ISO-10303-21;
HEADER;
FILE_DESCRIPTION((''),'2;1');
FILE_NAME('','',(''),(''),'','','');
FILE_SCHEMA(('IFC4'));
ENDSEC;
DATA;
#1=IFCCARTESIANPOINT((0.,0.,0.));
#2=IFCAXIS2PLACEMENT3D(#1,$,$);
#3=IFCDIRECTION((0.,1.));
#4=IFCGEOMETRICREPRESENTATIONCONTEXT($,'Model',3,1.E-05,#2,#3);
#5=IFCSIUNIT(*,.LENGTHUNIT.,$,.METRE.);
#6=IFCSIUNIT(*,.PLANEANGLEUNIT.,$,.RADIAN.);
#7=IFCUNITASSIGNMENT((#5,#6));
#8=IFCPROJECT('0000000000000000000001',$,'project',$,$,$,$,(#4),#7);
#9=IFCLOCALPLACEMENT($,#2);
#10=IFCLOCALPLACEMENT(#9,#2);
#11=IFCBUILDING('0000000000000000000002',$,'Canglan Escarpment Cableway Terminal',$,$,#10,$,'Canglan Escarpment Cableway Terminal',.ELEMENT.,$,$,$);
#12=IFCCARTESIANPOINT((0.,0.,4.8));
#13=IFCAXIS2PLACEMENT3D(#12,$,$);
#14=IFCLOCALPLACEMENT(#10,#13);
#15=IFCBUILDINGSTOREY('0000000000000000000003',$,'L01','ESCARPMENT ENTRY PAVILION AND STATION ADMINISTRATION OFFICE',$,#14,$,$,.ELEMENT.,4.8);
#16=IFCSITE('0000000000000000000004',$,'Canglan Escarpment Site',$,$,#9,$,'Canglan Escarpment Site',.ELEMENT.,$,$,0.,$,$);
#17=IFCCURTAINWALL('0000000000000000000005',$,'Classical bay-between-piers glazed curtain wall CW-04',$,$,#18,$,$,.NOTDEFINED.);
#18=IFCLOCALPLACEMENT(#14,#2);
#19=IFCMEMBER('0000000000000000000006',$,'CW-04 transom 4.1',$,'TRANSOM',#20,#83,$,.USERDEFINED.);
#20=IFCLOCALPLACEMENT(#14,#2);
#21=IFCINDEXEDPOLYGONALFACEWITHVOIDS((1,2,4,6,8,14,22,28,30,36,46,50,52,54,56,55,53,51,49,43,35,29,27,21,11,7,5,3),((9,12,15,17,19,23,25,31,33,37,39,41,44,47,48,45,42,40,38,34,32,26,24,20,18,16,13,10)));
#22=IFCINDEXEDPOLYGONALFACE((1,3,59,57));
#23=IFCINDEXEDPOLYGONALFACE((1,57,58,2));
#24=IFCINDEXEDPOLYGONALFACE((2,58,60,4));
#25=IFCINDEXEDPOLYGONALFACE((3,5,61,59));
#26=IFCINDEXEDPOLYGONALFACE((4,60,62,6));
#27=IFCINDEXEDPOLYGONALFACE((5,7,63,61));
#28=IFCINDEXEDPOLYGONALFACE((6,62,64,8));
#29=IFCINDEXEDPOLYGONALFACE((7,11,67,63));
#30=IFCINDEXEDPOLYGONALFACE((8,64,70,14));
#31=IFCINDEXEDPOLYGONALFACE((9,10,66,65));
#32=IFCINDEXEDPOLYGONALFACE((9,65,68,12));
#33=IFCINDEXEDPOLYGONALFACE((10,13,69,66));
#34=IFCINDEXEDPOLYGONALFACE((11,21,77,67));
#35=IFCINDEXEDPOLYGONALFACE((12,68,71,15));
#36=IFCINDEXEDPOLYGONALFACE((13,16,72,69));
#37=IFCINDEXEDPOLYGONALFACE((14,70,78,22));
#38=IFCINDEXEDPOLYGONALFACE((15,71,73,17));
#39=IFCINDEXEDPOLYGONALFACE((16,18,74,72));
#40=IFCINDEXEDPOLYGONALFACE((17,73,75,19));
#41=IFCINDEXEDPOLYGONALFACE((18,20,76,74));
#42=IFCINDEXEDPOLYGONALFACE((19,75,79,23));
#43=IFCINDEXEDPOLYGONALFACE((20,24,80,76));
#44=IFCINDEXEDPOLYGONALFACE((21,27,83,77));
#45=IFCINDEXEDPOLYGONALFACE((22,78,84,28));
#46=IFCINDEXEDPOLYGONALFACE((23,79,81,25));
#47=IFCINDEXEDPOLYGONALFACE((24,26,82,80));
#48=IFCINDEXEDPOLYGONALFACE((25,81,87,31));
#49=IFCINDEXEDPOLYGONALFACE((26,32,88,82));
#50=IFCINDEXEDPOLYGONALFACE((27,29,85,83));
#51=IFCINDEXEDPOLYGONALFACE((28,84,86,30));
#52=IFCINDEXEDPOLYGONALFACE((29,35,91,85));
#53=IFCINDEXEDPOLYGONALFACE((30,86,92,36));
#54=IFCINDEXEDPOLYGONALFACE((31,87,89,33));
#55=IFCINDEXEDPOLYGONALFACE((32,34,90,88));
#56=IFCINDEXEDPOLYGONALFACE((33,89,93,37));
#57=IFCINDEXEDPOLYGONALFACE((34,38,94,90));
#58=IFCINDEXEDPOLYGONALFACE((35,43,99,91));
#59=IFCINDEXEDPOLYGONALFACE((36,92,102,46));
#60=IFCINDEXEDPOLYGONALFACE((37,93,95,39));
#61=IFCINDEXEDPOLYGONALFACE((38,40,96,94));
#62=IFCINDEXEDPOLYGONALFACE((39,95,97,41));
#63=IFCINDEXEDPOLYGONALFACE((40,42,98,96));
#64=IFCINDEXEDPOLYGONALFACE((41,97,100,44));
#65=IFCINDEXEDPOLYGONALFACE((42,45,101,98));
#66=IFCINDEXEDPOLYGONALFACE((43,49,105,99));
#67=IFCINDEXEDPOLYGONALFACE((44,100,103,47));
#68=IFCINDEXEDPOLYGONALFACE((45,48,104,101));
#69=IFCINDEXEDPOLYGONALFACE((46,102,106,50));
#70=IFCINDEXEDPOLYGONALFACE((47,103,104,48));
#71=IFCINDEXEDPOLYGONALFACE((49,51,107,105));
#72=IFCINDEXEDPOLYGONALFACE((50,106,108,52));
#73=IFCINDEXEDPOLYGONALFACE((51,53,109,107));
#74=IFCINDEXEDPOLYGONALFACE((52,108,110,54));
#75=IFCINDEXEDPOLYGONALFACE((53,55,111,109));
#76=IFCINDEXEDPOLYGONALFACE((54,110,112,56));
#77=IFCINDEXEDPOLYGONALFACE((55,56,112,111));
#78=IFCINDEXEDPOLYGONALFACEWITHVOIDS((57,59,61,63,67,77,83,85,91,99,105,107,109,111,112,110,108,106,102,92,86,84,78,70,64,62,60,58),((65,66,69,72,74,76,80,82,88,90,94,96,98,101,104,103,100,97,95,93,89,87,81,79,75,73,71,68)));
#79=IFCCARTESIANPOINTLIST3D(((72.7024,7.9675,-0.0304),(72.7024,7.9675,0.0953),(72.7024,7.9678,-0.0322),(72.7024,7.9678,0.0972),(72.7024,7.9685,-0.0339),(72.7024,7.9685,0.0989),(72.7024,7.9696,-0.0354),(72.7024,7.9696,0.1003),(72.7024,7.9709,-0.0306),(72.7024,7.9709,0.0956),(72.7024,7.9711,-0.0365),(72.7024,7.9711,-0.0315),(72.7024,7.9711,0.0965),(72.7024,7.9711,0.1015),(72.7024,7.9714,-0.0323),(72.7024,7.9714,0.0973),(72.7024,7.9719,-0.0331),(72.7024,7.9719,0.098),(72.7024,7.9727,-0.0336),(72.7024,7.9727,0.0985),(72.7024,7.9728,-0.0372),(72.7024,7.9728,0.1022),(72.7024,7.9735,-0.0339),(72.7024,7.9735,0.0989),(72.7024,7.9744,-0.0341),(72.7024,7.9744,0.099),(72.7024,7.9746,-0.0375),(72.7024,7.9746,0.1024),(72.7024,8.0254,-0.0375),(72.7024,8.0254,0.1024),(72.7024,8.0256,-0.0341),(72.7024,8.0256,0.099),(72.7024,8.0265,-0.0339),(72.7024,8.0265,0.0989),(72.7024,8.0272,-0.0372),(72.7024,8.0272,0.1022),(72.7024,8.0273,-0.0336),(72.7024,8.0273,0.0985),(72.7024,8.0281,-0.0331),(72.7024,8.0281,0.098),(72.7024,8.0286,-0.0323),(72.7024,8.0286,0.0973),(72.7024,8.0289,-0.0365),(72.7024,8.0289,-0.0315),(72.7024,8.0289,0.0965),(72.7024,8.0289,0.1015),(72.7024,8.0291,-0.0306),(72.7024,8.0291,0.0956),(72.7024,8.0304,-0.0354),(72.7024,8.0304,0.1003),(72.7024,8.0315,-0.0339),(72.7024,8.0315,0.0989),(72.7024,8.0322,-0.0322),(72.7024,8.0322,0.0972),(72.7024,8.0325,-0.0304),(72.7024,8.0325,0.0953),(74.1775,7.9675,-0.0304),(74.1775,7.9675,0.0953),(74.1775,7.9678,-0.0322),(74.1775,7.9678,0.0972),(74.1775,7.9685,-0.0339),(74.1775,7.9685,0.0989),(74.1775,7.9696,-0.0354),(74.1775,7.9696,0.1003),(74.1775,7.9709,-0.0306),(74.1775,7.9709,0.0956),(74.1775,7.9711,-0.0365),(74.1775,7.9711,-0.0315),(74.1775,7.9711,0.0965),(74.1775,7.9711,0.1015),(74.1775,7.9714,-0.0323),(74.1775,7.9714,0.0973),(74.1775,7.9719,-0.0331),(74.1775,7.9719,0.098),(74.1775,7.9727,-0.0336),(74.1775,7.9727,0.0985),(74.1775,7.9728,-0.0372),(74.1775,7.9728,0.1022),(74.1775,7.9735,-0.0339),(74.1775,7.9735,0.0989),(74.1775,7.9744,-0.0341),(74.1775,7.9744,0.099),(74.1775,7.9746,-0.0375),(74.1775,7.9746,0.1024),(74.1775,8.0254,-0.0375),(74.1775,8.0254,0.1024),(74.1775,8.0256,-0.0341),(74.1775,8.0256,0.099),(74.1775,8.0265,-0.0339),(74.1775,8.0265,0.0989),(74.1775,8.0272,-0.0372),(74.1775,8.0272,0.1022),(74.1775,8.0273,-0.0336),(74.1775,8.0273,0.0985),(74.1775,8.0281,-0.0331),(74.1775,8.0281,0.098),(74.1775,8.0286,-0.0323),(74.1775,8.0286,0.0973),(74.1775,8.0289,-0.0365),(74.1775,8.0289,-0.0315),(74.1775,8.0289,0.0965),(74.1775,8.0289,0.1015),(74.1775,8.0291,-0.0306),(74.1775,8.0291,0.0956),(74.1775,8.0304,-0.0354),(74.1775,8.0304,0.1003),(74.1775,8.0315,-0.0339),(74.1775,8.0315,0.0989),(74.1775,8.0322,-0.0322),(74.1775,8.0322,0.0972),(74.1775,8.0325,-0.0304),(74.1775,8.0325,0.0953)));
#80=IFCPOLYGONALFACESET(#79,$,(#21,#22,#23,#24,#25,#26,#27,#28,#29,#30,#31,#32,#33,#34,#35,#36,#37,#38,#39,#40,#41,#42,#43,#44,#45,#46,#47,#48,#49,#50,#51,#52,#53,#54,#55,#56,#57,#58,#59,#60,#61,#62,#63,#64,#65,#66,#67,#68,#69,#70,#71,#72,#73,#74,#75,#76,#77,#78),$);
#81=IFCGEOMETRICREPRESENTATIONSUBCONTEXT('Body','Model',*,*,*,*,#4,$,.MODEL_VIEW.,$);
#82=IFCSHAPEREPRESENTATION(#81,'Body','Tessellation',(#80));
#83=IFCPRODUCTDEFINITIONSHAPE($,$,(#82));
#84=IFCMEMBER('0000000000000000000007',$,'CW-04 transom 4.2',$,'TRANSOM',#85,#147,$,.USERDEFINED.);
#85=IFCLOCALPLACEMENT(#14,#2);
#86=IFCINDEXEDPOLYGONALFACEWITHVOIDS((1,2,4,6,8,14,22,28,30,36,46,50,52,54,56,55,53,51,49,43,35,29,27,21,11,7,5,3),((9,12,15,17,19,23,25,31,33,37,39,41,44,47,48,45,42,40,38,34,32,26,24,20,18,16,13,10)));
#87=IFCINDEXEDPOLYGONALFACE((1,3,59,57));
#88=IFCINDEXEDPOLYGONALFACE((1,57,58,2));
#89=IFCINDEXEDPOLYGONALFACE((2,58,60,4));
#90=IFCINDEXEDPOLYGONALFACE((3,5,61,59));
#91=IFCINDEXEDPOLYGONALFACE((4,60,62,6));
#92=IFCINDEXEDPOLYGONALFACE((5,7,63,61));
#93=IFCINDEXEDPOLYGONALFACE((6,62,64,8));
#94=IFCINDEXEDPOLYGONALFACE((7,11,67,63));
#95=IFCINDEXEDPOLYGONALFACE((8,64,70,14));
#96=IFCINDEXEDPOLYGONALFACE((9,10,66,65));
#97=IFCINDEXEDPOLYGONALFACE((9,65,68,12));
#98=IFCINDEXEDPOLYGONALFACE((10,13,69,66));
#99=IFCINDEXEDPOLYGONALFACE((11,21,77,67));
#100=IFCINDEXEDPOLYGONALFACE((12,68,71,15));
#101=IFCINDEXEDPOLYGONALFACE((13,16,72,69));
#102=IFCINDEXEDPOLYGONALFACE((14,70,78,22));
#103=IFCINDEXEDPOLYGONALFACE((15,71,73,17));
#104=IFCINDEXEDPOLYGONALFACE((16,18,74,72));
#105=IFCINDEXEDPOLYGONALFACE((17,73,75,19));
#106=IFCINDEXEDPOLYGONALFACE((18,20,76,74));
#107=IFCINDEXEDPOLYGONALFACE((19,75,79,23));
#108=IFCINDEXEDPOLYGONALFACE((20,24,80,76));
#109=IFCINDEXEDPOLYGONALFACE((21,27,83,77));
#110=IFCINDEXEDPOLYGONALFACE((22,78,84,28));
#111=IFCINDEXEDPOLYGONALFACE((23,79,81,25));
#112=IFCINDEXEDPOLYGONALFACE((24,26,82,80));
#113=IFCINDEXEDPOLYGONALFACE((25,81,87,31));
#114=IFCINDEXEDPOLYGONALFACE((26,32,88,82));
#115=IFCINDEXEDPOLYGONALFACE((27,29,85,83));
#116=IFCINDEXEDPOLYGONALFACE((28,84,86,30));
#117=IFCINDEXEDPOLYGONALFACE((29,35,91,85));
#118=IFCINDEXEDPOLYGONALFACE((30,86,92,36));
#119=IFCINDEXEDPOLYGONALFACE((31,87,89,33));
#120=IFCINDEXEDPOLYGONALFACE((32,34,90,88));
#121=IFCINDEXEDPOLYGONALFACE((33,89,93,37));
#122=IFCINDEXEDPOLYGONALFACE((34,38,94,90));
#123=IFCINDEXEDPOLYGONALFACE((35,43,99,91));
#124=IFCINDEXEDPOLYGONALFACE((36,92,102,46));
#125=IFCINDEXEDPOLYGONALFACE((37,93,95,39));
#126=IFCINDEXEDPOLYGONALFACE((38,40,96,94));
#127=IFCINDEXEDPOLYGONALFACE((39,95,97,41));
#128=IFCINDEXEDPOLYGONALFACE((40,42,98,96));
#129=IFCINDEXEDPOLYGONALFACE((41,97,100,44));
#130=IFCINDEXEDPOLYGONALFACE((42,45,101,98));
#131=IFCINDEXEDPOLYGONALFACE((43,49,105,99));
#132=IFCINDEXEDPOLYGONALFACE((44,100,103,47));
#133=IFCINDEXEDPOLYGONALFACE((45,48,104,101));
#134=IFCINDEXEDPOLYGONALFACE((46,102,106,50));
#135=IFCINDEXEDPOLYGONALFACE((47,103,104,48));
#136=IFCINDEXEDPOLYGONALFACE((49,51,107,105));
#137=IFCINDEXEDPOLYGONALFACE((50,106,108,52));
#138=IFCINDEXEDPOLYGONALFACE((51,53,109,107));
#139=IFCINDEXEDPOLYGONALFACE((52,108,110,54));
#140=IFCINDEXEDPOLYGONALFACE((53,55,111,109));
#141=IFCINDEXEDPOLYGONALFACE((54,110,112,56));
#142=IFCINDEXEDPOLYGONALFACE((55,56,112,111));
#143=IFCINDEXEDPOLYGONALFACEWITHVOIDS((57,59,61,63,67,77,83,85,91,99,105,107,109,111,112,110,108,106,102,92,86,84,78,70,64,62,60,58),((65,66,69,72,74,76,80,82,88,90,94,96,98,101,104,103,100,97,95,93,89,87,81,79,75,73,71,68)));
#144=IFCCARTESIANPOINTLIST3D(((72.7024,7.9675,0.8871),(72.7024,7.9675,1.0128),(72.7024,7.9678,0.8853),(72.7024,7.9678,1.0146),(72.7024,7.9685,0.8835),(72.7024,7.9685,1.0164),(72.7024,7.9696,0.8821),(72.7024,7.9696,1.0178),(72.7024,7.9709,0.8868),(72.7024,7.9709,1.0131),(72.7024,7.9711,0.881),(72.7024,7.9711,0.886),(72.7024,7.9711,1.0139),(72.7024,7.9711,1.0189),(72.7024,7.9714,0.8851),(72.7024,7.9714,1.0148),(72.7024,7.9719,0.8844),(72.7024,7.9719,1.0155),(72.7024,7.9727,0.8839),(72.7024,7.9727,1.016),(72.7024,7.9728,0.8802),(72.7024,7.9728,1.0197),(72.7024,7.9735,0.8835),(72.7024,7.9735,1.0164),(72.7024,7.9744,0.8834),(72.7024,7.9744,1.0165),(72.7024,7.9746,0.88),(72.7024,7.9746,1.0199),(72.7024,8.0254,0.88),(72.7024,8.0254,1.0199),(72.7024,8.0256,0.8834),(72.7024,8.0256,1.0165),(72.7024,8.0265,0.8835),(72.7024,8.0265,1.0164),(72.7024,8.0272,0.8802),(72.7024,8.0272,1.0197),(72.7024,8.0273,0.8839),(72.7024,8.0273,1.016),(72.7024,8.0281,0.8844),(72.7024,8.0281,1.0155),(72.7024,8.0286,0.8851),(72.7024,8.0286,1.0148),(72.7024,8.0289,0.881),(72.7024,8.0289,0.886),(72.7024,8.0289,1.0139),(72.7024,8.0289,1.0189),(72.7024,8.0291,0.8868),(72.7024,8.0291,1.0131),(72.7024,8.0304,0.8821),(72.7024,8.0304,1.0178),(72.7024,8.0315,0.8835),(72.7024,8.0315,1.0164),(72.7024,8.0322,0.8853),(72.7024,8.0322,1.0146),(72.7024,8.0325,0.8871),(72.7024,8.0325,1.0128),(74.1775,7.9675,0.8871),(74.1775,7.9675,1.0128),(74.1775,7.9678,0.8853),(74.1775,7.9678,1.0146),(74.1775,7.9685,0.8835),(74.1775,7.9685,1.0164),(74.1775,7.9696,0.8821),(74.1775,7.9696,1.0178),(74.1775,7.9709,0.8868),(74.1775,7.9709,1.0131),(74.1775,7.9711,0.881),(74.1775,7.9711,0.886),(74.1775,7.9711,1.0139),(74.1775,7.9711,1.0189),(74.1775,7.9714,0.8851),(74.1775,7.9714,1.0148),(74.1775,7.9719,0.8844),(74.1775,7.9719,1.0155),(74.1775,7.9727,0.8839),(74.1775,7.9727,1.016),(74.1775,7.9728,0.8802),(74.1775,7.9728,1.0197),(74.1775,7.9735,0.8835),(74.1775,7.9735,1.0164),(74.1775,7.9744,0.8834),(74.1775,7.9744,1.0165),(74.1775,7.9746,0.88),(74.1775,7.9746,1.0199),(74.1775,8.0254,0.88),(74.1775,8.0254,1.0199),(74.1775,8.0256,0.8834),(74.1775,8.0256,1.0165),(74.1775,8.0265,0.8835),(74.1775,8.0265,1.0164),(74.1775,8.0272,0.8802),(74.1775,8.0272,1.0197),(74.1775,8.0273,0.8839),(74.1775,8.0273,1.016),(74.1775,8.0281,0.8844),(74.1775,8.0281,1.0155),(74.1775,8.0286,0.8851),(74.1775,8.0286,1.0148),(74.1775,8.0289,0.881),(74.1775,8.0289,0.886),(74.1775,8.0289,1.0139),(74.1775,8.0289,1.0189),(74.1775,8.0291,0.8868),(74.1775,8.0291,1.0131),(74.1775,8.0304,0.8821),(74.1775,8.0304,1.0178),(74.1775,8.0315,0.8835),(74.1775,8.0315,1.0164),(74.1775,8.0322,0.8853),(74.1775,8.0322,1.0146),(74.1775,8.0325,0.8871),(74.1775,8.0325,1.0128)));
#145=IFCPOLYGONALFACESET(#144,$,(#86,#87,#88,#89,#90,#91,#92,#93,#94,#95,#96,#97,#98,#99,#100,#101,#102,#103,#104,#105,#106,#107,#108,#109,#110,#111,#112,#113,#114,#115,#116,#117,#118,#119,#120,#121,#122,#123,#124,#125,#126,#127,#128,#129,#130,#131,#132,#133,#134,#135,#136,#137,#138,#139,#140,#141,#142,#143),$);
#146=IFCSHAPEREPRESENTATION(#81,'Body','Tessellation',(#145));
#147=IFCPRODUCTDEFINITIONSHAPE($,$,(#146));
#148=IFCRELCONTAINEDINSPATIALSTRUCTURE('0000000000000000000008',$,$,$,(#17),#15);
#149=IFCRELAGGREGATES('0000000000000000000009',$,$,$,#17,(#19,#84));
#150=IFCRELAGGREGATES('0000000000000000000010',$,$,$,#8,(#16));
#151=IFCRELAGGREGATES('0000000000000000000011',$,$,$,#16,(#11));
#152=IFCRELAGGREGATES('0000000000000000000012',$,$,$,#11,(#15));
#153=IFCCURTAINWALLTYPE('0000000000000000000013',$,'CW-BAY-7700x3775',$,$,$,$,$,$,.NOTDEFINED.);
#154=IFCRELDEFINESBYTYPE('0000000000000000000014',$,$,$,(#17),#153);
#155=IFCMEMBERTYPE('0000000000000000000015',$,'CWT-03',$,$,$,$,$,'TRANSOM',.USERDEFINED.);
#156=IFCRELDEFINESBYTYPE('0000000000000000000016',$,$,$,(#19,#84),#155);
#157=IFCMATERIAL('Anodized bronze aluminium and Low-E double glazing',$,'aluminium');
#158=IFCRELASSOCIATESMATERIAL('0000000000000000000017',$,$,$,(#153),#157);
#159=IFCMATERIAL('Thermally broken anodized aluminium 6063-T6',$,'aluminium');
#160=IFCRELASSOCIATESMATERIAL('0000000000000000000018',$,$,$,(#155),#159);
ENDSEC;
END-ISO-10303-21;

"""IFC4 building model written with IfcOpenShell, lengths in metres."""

from ifc_helpers import new_model, si_unit, direction, frame, origin, origin_2d, place, context, subcontext, project, spatial, hollow_rectangle, extrude, material, material_profile, profile_set, type_object, element, aggregate, save


model = new_model("IFC4")

# Units and contexts
model_context = context("Model", 3, precision=1e-05, world=origin(), true_north=direction((0.0, 1.0)))
body_context = subcontext(model_context, "Body", "Model", "MODEL_VIEW")
ifc_project = project(units=[si_unit("LENGTHUNIT", "METRE"), si_unit("PLANEANGLEUNIT", "RADIAN")], contexts=[model_context])

# Site, building, storey
site_placement = place(None, origin())
site = spatial("IfcSite", under=ifc_project, at=site_placement, Name="Canglan Escarpment Site", LongName="Canglan Escarpment Site", CompositionType="ELEMENT", RefElevation=0.0)
building_placement = place(site_placement, origin())
building = spatial("IfcBuilding", under=site, at=building_placement, Name="Canglan Escarpment Cableway Terminal", LongName="Canglan Escarpment Cableway Terminal", CompositionType="ELEMENT")
storey_placement = place(building_placement, frame((0.0, 0.0, 4.8)))
storey = spatial("IfcBuildingStorey", under=building, at=storey_placement, Name="L01", Description="ESCARPMENT ENTRY PAVILION AND STATION ADMINISTRATION OFFICE", CompositionType="ELEMENT", Elevation=4.8)

# Curtain wall, members
ifc_material_1 = material(Name="Anodized bronze aluminium and Low-E double glazing", Category="aluminium")
curtain_wall_type = type_object("IfcCurtainWallType", Name="CW-BAY-7700x3775", PredefinedType="NOTDEFINED", material=ifc_material_1)
curtain_wall_placement = place(storey_placement, origin())
curtain_wall = element("IfcCurtainWall", 1, at=curtain_wall_placement, inside=storey, type_object=curtain_wall_type, Name="Classical bay-between-piers glazed curtain wall CW-04", PredefinedType="NOTDEFINED")
ifc_material_2 = material(Name="Thermally broken anodized aluminium 6063-T6", Category="aluminium")
ifc_material_profile_1 = material_profile(ifc_material_2, hollow_rectangle(XDim=0.0649, YDim=0.1399, WallThickness=0.0034, InnerFilletRadius=0.0034, OuterFilletRadius=0.0071, at=origin_2d()), Name="ALU-TRAN 65x140x3.5")
ifc_profile_set_1 = profile_set([ifc_material_profile_1], Name="Thermally broken anodized aluminium 6063-T6")
member_type_1 = type_object("IfcMemberType", Name="CWT-03", ElementType="TRANSOM", PredefinedType="USERDEFINED", material=ifc_profile_set_1)
member_1_placement = place(storey_placement, frame((72.7024, 8.0, 0.0325), z_axis=(1.0, 0.0, 0.0), x_axis=(0.0, 1.0, 0.0)))
member_1 = element("IfcMember", 2, at=member_1_placement, type_object=member_type_1, Name="CW-04 transom 4.1", ObjectType="TRANSOM", PredefinedType="USERDEFINED", context=body_context, shape_type="SweptSolid", body=[
    extrude(hollow_rectangle(XDim=0.0649, YDim=0.1399, WallThickness=0.0034, InnerFilletRadius=0.0034, OuterFilletRadius=0.0071, at=origin_2d()), origin(), (0.0, 0.0, 1.0), 1.4751),
])
member_2_placement = place(storey_placement, frame((72.7024, 8.0, 0.95), z_axis=(1.0, 0.0, 0.0), x_axis=(0.0, 1.0, 0.0)))
member_2 = element("IfcMember", 3, at=member_2_placement, type_object=member_type_1, Name="CW-04 transom 4.2", ObjectType="TRANSOM", PredefinedType="USERDEFINED", context=body_context, shape_type="SweptSolid", body=[
    extrude(hollow_rectangle(XDim=0.0649, YDim=0.1399, WallThickness=0.0034, InnerFilletRadius=0.0034, OuterFilletRadius=0.0071, at=origin_2d()), origin(), (0.0, 0.0, 1.0), 1.4751),
])

aggregate(curtain_wall, [member_1, member_2])

save(model, "model.ifc")
